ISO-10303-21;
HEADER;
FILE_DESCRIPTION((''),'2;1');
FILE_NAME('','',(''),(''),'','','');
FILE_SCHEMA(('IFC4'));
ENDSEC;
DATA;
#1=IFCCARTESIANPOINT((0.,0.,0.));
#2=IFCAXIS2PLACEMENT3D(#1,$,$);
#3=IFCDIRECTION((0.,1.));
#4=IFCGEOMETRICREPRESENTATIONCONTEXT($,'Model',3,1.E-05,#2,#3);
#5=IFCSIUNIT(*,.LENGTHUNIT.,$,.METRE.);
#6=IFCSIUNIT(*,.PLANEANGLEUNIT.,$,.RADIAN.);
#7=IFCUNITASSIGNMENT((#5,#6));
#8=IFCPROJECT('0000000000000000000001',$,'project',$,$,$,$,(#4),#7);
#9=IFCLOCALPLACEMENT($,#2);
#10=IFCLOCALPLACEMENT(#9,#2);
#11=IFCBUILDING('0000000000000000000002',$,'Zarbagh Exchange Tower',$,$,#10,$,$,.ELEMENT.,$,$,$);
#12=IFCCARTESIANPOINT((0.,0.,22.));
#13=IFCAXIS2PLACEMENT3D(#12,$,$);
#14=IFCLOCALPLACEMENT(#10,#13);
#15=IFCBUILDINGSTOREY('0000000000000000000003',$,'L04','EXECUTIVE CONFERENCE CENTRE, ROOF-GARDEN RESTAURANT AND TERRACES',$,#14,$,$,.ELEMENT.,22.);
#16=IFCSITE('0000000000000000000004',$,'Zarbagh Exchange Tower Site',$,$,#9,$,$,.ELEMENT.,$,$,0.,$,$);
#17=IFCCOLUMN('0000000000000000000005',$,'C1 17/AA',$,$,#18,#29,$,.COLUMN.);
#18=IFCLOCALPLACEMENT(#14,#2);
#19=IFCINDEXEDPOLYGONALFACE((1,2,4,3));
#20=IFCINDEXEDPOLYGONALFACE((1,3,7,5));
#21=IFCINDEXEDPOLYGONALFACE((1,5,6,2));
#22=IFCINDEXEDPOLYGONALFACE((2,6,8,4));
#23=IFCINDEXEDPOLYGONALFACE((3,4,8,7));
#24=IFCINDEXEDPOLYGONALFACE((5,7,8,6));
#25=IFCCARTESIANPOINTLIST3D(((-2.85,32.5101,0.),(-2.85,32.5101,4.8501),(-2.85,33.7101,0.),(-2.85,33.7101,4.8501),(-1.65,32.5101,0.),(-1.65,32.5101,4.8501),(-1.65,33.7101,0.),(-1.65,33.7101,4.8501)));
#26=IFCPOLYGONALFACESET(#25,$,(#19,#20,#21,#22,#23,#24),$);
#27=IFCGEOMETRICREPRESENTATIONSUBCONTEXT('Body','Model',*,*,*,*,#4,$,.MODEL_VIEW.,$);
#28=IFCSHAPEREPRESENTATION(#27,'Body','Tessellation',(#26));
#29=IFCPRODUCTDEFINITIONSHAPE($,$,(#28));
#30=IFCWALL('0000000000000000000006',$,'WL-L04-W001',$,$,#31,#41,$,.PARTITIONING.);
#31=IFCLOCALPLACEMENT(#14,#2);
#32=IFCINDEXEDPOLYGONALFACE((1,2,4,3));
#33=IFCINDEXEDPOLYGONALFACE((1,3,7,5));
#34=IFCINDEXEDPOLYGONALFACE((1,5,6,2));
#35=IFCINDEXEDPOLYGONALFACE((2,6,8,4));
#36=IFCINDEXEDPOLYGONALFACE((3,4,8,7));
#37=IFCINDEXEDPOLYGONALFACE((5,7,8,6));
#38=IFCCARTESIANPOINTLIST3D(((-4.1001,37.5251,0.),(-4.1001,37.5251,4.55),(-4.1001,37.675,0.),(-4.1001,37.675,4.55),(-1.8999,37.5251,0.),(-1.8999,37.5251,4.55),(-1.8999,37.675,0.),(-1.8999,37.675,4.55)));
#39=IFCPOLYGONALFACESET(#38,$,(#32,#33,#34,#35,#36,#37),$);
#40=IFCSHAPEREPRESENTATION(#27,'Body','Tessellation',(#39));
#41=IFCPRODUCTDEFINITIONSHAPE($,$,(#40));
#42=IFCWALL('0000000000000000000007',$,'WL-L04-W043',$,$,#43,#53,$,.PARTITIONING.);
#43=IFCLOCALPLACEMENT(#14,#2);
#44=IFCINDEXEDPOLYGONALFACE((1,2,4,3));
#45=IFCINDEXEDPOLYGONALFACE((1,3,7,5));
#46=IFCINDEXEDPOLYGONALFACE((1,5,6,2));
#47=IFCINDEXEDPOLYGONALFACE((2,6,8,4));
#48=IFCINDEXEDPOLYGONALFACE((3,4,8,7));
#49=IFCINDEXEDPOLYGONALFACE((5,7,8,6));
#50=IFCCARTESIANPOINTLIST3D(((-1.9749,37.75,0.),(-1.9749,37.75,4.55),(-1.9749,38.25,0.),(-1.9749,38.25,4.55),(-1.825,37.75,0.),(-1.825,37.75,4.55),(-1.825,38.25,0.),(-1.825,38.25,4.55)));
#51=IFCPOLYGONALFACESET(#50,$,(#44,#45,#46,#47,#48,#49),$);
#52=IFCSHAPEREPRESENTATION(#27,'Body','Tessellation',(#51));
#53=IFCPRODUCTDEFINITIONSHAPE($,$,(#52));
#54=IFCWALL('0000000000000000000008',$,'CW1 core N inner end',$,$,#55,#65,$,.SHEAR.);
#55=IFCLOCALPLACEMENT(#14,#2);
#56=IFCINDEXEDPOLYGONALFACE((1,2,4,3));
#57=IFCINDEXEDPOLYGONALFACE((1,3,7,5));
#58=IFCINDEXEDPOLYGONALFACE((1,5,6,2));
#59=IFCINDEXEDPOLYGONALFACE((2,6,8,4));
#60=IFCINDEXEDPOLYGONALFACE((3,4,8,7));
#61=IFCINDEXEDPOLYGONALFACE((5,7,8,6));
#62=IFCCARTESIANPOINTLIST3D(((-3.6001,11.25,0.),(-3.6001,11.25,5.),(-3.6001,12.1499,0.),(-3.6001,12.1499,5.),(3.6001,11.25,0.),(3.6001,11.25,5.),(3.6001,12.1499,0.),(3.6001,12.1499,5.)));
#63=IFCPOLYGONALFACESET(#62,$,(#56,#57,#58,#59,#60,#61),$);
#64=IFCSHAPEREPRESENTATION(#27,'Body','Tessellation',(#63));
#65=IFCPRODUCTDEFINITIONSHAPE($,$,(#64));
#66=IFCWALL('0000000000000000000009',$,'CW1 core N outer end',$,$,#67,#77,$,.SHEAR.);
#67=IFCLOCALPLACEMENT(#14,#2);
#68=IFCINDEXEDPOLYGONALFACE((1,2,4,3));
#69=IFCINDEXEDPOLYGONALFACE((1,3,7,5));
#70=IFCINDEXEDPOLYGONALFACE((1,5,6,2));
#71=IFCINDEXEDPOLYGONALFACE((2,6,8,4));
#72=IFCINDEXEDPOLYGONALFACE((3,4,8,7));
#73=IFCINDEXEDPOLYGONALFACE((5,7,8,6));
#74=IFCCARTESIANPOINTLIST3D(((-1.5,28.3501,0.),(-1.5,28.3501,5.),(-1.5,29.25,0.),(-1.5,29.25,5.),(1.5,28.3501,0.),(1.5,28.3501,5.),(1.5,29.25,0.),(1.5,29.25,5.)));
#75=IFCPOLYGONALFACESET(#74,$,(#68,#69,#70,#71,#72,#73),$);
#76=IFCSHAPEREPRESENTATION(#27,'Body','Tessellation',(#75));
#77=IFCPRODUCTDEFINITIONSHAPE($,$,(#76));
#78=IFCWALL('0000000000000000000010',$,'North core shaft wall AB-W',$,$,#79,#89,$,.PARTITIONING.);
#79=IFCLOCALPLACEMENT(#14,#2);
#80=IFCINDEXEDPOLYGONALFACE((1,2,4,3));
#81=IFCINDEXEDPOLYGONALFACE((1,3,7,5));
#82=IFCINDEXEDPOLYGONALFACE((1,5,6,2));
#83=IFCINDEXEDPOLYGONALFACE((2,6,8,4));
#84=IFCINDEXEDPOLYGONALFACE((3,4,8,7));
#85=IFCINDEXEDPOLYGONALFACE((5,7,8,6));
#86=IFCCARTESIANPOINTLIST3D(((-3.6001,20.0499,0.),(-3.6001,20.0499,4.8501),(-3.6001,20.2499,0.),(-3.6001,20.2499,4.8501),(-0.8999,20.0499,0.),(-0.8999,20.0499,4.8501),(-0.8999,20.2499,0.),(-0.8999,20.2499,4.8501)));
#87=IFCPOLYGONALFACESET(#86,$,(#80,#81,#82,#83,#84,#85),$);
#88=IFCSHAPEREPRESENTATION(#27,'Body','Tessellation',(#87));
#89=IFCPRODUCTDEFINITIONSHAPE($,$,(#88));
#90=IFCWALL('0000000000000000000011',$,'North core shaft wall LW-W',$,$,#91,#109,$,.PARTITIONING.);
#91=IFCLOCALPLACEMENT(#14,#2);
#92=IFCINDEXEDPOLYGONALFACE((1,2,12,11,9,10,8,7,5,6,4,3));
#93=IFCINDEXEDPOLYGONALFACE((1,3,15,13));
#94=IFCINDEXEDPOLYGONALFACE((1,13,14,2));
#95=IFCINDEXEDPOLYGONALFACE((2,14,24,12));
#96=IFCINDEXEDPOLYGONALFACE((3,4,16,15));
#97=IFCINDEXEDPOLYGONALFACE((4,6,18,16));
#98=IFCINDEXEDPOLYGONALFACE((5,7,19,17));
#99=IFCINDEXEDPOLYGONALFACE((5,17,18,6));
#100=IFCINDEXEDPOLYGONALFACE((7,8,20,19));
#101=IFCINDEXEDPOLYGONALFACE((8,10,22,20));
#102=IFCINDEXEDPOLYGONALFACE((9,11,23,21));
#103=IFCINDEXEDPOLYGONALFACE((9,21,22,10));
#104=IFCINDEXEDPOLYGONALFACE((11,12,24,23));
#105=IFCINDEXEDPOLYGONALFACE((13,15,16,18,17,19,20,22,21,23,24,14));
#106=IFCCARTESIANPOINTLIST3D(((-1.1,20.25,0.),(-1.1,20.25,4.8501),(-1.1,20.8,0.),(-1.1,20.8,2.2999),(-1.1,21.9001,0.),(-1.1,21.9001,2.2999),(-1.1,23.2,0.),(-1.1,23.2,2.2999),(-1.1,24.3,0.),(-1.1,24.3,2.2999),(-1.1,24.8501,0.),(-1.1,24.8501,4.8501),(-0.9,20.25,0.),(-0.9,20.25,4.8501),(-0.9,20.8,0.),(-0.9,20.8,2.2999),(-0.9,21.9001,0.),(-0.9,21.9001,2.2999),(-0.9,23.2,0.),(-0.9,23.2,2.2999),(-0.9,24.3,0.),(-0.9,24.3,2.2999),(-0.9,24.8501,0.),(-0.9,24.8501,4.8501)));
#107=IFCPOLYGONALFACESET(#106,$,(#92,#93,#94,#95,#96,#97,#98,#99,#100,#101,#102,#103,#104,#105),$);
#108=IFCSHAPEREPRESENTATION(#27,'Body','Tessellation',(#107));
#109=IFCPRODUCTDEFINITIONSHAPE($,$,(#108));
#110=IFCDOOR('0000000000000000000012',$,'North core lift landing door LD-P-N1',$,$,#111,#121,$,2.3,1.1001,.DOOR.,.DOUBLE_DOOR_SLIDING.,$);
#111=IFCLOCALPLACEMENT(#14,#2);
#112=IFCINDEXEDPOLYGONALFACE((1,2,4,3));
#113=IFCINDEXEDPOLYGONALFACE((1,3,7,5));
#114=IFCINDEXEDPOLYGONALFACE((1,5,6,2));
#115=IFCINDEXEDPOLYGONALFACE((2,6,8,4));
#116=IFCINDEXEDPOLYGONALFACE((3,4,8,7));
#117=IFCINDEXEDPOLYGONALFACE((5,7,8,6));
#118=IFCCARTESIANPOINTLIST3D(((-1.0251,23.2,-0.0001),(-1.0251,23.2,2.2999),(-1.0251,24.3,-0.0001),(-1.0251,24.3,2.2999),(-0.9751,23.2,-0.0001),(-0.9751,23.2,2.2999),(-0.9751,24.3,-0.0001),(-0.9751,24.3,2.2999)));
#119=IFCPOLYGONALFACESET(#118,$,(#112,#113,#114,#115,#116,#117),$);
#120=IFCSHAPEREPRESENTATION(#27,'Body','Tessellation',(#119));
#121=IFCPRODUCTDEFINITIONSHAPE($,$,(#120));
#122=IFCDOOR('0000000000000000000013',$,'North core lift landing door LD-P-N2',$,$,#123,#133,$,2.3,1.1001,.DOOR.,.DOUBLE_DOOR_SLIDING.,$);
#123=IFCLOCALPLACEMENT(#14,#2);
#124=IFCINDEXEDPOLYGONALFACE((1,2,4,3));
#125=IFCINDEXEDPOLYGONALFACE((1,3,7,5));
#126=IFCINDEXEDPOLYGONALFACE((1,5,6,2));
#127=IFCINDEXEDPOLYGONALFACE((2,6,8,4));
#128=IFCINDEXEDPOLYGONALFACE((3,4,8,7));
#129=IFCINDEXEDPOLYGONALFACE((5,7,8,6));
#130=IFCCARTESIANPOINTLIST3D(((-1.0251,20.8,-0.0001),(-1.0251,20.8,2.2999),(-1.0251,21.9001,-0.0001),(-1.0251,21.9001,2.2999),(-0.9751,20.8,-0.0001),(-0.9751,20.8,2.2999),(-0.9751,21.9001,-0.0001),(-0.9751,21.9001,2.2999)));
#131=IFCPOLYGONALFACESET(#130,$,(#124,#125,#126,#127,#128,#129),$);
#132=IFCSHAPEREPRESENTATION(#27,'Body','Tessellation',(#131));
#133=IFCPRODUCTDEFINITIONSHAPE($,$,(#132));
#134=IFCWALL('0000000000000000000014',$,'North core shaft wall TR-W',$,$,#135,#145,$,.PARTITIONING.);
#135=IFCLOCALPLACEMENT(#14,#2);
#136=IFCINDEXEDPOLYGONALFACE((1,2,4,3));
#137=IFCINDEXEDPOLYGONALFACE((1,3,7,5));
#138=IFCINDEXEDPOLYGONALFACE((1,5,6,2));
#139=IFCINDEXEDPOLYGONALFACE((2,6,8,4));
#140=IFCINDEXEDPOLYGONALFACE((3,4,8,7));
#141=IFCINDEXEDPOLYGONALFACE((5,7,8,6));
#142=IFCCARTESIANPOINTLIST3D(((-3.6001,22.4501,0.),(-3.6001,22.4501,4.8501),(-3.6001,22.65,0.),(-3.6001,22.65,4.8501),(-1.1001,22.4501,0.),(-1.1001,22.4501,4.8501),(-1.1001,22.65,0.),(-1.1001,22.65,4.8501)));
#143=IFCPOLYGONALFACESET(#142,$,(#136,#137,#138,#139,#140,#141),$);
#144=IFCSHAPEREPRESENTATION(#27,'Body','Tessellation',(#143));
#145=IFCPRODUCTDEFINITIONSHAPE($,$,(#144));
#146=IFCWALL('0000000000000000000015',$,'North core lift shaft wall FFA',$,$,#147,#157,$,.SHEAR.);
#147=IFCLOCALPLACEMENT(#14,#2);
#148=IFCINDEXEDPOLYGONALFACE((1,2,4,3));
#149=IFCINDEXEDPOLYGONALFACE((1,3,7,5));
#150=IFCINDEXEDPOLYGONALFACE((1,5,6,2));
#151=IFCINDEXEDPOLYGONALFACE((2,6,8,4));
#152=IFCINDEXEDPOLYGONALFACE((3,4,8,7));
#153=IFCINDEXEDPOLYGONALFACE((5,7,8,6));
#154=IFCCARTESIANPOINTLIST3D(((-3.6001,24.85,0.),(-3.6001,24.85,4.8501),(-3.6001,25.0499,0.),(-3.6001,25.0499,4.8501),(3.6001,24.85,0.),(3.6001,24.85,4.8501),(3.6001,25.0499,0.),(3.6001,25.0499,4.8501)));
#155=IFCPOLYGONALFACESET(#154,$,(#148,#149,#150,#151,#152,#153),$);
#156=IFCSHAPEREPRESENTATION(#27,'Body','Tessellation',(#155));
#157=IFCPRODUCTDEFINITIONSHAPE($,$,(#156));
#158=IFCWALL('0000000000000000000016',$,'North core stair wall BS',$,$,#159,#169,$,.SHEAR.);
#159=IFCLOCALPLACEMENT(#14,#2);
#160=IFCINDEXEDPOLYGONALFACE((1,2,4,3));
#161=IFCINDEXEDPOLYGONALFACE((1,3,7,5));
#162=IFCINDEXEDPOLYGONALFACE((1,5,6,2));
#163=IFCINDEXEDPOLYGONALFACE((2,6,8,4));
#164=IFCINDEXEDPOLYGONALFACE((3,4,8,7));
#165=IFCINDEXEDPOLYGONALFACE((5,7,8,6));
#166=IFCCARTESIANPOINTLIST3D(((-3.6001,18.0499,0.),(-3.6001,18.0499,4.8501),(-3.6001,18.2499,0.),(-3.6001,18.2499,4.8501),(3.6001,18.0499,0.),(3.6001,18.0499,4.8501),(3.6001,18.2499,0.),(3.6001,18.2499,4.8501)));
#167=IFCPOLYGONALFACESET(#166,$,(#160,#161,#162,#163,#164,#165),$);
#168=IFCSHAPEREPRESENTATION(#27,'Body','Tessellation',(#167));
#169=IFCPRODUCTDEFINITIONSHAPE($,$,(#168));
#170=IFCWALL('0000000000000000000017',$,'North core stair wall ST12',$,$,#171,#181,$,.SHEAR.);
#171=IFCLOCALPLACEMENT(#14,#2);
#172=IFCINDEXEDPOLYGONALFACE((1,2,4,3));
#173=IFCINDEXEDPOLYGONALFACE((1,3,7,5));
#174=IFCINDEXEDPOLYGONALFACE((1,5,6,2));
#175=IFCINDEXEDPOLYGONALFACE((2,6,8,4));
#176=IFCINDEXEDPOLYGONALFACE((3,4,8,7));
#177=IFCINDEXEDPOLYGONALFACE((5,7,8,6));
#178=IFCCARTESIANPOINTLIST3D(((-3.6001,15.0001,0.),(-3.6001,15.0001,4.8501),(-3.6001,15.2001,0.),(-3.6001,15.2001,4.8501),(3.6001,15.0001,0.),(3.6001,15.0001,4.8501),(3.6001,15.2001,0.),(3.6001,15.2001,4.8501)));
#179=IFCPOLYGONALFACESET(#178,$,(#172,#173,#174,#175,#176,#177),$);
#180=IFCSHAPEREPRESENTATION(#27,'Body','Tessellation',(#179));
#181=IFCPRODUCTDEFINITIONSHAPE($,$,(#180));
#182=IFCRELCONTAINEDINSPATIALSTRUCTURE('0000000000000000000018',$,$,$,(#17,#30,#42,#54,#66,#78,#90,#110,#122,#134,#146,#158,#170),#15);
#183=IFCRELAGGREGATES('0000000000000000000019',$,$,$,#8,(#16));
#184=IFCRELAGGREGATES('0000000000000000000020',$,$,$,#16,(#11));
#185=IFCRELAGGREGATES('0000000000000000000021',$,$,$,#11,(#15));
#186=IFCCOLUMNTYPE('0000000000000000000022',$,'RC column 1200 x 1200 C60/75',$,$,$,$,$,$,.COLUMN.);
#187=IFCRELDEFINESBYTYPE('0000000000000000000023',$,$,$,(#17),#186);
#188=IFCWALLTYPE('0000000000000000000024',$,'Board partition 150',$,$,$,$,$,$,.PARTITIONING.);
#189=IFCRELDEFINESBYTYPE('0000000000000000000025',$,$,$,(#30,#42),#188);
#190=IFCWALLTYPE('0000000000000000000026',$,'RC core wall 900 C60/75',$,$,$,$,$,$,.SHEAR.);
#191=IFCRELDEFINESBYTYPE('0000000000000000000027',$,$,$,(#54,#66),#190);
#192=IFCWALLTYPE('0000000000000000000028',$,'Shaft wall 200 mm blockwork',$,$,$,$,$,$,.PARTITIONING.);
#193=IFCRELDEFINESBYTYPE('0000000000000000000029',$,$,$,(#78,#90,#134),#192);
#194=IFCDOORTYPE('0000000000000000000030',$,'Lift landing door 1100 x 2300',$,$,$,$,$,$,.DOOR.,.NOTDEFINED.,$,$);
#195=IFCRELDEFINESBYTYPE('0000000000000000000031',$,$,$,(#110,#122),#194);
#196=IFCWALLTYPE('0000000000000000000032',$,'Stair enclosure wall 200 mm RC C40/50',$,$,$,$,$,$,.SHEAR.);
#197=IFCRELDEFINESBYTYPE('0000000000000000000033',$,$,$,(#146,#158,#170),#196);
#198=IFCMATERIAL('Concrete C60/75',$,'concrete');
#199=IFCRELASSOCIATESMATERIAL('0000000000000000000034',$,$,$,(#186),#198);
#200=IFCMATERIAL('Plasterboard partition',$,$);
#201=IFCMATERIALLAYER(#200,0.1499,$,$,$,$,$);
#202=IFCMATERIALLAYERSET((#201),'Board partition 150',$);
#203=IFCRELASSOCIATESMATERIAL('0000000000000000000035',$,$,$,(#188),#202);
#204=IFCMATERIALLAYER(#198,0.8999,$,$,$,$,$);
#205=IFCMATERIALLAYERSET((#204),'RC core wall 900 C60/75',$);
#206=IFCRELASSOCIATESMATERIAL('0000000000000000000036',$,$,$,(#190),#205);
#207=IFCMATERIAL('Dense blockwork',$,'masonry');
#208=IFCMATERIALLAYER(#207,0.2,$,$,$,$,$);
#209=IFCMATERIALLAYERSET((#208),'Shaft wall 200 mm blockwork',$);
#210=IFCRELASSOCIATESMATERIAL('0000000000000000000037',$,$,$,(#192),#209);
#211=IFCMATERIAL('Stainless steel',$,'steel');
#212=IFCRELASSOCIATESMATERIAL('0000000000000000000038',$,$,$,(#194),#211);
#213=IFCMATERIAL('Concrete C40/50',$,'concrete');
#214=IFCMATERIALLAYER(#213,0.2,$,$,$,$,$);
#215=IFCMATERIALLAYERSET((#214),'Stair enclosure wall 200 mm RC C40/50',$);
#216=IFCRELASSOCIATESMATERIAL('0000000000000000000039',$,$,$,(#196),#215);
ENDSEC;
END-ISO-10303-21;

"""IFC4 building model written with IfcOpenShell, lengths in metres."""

from ifc_helpers import new_model, si_unit, direction, frame, frame_2d, origin, origin_2d, place, context, subcontext, project, spatial, rectangle, extrude, material, layer, layer_set, material_profile, profile_set, type_object, element, fill, save


model = new_model("IFC4")

# Units and contexts
model_context = context("Model", 3, precision=1e-05, world=origin(), true_north=direction((0.0, 1.0)))
body_context = subcontext(model_context, "Body", "Model", "MODEL_VIEW")
ifc_project = project(units=[si_unit("LENGTHUNIT", "METRE"), si_unit("PLANEANGLEUNIT", "RADIAN")], contexts=[model_context])

# Site, building, storey
site_placement = place(None, origin())
site = spatial("IfcSite", under=ifc_project, at=site_placement, Name="Zarbagh Exchange Tower Site", CompositionType="ELEMENT", RefElevation=0.0)
building_placement = place(site_placement, origin())
building = spatial("IfcBuilding", under=site, at=building_placement, Name="Zarbagh Exchange Tower", CompositionType="ELEMENT")
storey_placement = place(building_placement, frame((0.0, 0.0, 22.0)))
storey = spatial("IfcBuildingStorey", under=building, at=storey_placement, Name="L04", Description="EXECUTIVE CONFERENCE CENTRE, ROOF-GARDEN RESTAURANT AND TERRACES", CompositionType="ELEMENT", Elevation=22.0)

# Column
ifc_material_1 = material(Name="Concrete C60/75", Category="concrete")
ifc_material_profile = material_profile(ifc_material_1, rectangle(XDim=1.2, YDim=1.2, at=origin_2d()), Name="RC column 1200 x 1200 C60/75")
ifc_profile_set = profile_set([ifc_material_profile], Name="Concrete C60/75")
column_type = type_object("IfcColumnType", Name="RC column 1200 x 1200 C60/75", PredefinedType="COLUMN", material=ifc_profile_set)
column_placement = place(storey_placement, frame((-2.25, 33.1101, 0.0), z_axis=(0.0, 0.0, 1.0), x_axis=(1.0, 0.0, 0.0)))
element("IfcColumn", 1, at=column_placement, inside=storey, type_object=column_type, Name="C1 17/AA", PredefinedType="COLUMN", context=body_context, shape_type="SweptSolid", body=[
    extrude(rectangle(XDim=1.2, YDim=1.2, at=origin_2d()), origin(), (0.0, 0.0, 1.0), 4.8501),
])

# Walls
ifc_material_2 = material(Name="Plasterboard partition")
ifc_layer_1 = layer(ifc_material_2, 0.1499)
ifc_layer_set_1 = layer_set([ifc_layer_1], Name="Board partition 150")
wall_type_1 = type_object("IfcWallType", Name="Board partition 150", PredefinedType="PARTITIONING", material=ifc_layer_set_1)
wall_1_placement = place(storey_placement, frame((-4.1001, 37.6001, 0.0), z_axis=(0.0, 0.0, 1.0), x_axis=(1.0, 0.0, 0.0)))
element("IfcWall", 2, at=wall_1_placement, inside=storey, type_object=wall_type_1, Name="WL-L04-W001", PredefinedType="PARTITIONING", context=body_context, shape_type="SweptSolid", body=[
    extrude(rectangle(XDim=2.2002, YDim=0.1499, at=frame_2d((1.1001, 0.0))), origin(), (0.0, 0.0, 1.0), 4.55),
])
wall_2_placement = place(storey_placement, frame((-1.8999, 37.75, 0.0), z_axis=(0.0, 0.0, 1.0), x_axis=(0.0, 1.0, 0.0)))
element("IfcWall", 3, at=wall_2_placement, inside=storey, type_object=wall_type_1, Name="WL-L04-W043", PredefinedType="PARTITIONING", context=body_context, shape_type="SweptSolid", body=[
    extrude(rectangle(XDim=0.5, YDim=0.1499, at=frame_2d((0.25, 0.0))), origin(), (0.0, 0.0, 1.0), 4.55),
])
ifc_layer_2 = layer(ifc_material_1, 0.8999)
ifc_layer_set_2 = layer_set([ifc_layer_2], Name="RC core wall 900 C60/75")
wall_type_2 = type_object("IfcWallType", Name="RC core wall 900 C60/75", PredefinedType="SHEAR", material=ifc_layer_set_2)
wall_3_placement = place(storey_placement, frame((-3.6001, 11.7, 0.0), z_axis=(0.0, 0.0, 1.0), x_axis=(1.0, 0.0, 0.0)))
element("IfcWall", 4, at=wall_3_placement, inside=storey, type_object=wall_type_2, Name="CW1 core N inner end", PredefinedType="SHEAR", context=body_context, shape_type="SweptSolid", body=[
    extrude(rectangle(XDim=7.2002, YDim=0.8999, at=frame_2d((3.6001, 0.0))), origin(), (0.0, 0.0, 1.0), 5.0),
])
wall_4_placement = place(storey_placement, frame((-1.5, 28.8, 0.0), z_axis=(0.0, 0.0, 1.0), x_axis=(1.0, 0.0, 0.0)))
element("IfcWall", 5, at=wall_4_placement, inside=storey, type_object=wall_type_2, Name="CW1 core N outer end", PredefinedType="SHEAR", context=body_context, shape_type="SweptSolid", body=[
    extrude(rectangle(XDim=3.0, YDim=0.8999, at=frame_2d((1.5, 0.0))), origin(), (0.0, 0.0, 1.0), 5.0),
])
ifc_material_3 = material(Name="Dense blockwork", Category="masonry")
ifc_layer_3 = layer(ifc_material_3, 0.2)
ifc_layer_set_3 = layer_set([ifc_layer_3], Name="Shaft wall 200 mm blockwork")
wall_type_3 = type_object("IfcWallType", Name="Shaft wall 200 mm blockwork", PredefinedType="PARTITIONING", material=ifc_layer_set_3)
wall_5_placement = place(storey_placement, frame((-3.6001, 20.1499, 0.0), z_axis=(0.0, 0.0, 1.0), x_axis=(1.0, 0.0, 0.0)))
element("IfcWall", 6, at=wall_5_placement, inside=storey, type_object=wall_type_3, Name="North core shaft wall AB-W", PredefinedType="PARTITIONING", context=body_context, shape_type="SweptSolid", body=[
    extrude(rectangle(XDim=2.7002, YDim=0.2, at=frame_2d((1.3501, 0.0))), origin(), (0.0, 0.0, 1.0), 4.8501),
])

# Wall, openings, doors
wall_6_placement = place(storey_placement, frame((-1.0, 24.8501, 0.0), z_axis=(0.0, 0.0, 1.0), x_axis=(0.0, -1.0, 0.0)))
wall_6 = element("IfcWall", 7, at=wall_6_placement, inside=storey, type_object=wall_type_3, Name="North core shaft wall LW-W", PredefinedType="PARTITIONING", context=body_context, shape_type="SweptSolid", body=[
    extrude(rectangle(XDim=4.6001, YDim=0.2, at=frame_2d((2.3, 0.0))), origin(), (0.0, 0.0, 1.0), 4.8501),
])
opening_1_placement = place(wall_6_placement, frame((0.55, 0.0, 0.0)))
opening_1 = element("IfcOpeningElement", 8, at=opening_1_placement, cuts=wall_6, PredefinedType="OPENING", context=body_context, shape_type="SweptSolid", body=[
    extrude(rectangle(XDim=1.1001, YDim=2.3, at=frame_2d((0.55, 1.1499))), frame((0.0, 0.1099, 0.0), z_axis=(0.0, -1.0, 0.0), x_axis=(1.0, 0.0, 0.0)), (0.0, 0.0, 1.0), 0.22),
])
opening_2_placement = place(wall_6_placement, frame((2.95, 0.0, 0.0)))
opening_2 = element("IfcOpeningElement", 9, at=opening_2_placement, cuts=wall_6, PredefinedType="OPENING", context=body_context, shape_type="SweptSolid", body=[
    extrude(rectangle(XDim=1.1001, YDim=2.3, at=frame_2d((0.55, 1.1499))), frame((0.0, 0.1099, 0.0), z_axis=(0.0, -1.0, 0.0), x_axis=(1.0, 0.0, 0.0)), (0.0, 0.0, 1.0), 0.22),
])
ifc_material_4 = material(Name="Stainless steel", Category="steel")
door_type_1 = type_object("IfcDoorType", Name="Lift landing door 1100 x 2300", OperationType="NOTDEFINED", PredefinedType="DOOR", material=ifc_material_4)
door_1_placement = place(opening_1_placement, origin())
door_1 = element("IfcDoor", 10, at=door_1_placement, inside=storey, type_object=door_type_1, Name="North core lift landing door LD-P-N1", OperationType="DOUBLE_DOOR_SLIDING", OverallHeight=2.3, OverallWidth=1.1001, PredefinedType="DOOR", context=body_context, shape_type="SweptSolid", body=[
    extrude(rectangle(XDim=1.1001, YDim=2.3, at=frame_2d((0.55, 1.1499))), frame((0.0, 0.0249, 0.0), z_axis=(0.0, -1.0, 0.0), x_axis=(1.0, 0.0, 0.0)), (0.0, 0.0, 1.0), 0.05),
])
fill(opening_1, door_1)
door_2_placement = place(opening_2_placement, origin())
door_2 = element("IfcDoor", 11, at=door_2_placement, inside=storey, type_object=door_type_1, Name="North core lift landing door LD-P-N2", OperationType="DOUBLE_DOOR_SLIDING", OverallHeight=2.3, OverallWidth=1.1001, PredefinedType="DOOR", context=body_context, shape_type="SweptSolid", body=[
    extrude(rectangle(XDim=1.1001, YDim=2.3, at=frame_2d((0.55, 1.1499))), frame((0.0, 0.0249, 0.0), z_axis=(0.0, -1.0, 0.0), x_axis=(1.0, 0.0, 0.0)), (0.0, 0.0, 1.0), 0.05),
])
fill(opening_2, door_2)

# Walls
wall_7_placement = place(storey_placement, frame((-3.6001, 22.55, 0.0), z_axis=(0.0, 0.0, 1.0), x_axis=(1.0, 0.0, 0.0)))
element("IfcWall", 12, at=wall_7_placement, inside=storey, type_object=wall_type_3, Name="North core shaft wall TR-W", PredefinedType="PARTITIONING", context=body_context, shape_type="SweptSolid", body=[
    extrude(rectangle(XDim=2.5, YDim=0.2, at=frame_2d((1.25, 0.0))), origin(), (0.0, 0.0, 1.0), 4.8501),
])
ifc_material_5 = material(Name="Concrete C40/50", Category="concrete")
ifc_layer_4 = layer(ifc_material_5, 0.2)
ifc_layer_set_4 = layer_set([ifc_layer_4], Name="Stair enclosure wall 200 mm RC C40/50")
wall_type_4 = type_object("IfcWallType", Name="Stair enclosure wall 200 mm RC C40/50", PredefinedType="SHEAR", material=ifc_layer_set_4)
for number, where, z_axis, x_axis, name in (
    (13, (-3.6001, 24.95, 0.0), (0.0, 0.0, 1.0), (1.0, 0.0, 0.0), "North core lift shaft wall FFA"),
    (14, (-3.6001, 18.1499, 0.0), (0.0, 0.0, 1.0), (1.0, 0.0, 0.0), "North core stair wall BS"),
    (15, (-3.6001, 15.1001, 0.0), (0.0, 0.0, 1.0), (1.0, 0.0, 0.0), "North core stair wall ST12"),
):
    element("IfcWall", number, at=place(storey_placement, frame(where, z_axis=z_axis, x_axis=x_axis)), inside=storey, type_object=wall_type_4, Name=name, PredefinedType="SHEAR", context=body_context, shape_type="SweptSolid", body=[
        extrude(rectangle(XDim=7.2002, YDim=0.2, at=frame_2d((3.6001, 0.0))), origin(), (0.0, 0.0, 1.0), 4.8501),
    ])

save(model, "model.ifc")
